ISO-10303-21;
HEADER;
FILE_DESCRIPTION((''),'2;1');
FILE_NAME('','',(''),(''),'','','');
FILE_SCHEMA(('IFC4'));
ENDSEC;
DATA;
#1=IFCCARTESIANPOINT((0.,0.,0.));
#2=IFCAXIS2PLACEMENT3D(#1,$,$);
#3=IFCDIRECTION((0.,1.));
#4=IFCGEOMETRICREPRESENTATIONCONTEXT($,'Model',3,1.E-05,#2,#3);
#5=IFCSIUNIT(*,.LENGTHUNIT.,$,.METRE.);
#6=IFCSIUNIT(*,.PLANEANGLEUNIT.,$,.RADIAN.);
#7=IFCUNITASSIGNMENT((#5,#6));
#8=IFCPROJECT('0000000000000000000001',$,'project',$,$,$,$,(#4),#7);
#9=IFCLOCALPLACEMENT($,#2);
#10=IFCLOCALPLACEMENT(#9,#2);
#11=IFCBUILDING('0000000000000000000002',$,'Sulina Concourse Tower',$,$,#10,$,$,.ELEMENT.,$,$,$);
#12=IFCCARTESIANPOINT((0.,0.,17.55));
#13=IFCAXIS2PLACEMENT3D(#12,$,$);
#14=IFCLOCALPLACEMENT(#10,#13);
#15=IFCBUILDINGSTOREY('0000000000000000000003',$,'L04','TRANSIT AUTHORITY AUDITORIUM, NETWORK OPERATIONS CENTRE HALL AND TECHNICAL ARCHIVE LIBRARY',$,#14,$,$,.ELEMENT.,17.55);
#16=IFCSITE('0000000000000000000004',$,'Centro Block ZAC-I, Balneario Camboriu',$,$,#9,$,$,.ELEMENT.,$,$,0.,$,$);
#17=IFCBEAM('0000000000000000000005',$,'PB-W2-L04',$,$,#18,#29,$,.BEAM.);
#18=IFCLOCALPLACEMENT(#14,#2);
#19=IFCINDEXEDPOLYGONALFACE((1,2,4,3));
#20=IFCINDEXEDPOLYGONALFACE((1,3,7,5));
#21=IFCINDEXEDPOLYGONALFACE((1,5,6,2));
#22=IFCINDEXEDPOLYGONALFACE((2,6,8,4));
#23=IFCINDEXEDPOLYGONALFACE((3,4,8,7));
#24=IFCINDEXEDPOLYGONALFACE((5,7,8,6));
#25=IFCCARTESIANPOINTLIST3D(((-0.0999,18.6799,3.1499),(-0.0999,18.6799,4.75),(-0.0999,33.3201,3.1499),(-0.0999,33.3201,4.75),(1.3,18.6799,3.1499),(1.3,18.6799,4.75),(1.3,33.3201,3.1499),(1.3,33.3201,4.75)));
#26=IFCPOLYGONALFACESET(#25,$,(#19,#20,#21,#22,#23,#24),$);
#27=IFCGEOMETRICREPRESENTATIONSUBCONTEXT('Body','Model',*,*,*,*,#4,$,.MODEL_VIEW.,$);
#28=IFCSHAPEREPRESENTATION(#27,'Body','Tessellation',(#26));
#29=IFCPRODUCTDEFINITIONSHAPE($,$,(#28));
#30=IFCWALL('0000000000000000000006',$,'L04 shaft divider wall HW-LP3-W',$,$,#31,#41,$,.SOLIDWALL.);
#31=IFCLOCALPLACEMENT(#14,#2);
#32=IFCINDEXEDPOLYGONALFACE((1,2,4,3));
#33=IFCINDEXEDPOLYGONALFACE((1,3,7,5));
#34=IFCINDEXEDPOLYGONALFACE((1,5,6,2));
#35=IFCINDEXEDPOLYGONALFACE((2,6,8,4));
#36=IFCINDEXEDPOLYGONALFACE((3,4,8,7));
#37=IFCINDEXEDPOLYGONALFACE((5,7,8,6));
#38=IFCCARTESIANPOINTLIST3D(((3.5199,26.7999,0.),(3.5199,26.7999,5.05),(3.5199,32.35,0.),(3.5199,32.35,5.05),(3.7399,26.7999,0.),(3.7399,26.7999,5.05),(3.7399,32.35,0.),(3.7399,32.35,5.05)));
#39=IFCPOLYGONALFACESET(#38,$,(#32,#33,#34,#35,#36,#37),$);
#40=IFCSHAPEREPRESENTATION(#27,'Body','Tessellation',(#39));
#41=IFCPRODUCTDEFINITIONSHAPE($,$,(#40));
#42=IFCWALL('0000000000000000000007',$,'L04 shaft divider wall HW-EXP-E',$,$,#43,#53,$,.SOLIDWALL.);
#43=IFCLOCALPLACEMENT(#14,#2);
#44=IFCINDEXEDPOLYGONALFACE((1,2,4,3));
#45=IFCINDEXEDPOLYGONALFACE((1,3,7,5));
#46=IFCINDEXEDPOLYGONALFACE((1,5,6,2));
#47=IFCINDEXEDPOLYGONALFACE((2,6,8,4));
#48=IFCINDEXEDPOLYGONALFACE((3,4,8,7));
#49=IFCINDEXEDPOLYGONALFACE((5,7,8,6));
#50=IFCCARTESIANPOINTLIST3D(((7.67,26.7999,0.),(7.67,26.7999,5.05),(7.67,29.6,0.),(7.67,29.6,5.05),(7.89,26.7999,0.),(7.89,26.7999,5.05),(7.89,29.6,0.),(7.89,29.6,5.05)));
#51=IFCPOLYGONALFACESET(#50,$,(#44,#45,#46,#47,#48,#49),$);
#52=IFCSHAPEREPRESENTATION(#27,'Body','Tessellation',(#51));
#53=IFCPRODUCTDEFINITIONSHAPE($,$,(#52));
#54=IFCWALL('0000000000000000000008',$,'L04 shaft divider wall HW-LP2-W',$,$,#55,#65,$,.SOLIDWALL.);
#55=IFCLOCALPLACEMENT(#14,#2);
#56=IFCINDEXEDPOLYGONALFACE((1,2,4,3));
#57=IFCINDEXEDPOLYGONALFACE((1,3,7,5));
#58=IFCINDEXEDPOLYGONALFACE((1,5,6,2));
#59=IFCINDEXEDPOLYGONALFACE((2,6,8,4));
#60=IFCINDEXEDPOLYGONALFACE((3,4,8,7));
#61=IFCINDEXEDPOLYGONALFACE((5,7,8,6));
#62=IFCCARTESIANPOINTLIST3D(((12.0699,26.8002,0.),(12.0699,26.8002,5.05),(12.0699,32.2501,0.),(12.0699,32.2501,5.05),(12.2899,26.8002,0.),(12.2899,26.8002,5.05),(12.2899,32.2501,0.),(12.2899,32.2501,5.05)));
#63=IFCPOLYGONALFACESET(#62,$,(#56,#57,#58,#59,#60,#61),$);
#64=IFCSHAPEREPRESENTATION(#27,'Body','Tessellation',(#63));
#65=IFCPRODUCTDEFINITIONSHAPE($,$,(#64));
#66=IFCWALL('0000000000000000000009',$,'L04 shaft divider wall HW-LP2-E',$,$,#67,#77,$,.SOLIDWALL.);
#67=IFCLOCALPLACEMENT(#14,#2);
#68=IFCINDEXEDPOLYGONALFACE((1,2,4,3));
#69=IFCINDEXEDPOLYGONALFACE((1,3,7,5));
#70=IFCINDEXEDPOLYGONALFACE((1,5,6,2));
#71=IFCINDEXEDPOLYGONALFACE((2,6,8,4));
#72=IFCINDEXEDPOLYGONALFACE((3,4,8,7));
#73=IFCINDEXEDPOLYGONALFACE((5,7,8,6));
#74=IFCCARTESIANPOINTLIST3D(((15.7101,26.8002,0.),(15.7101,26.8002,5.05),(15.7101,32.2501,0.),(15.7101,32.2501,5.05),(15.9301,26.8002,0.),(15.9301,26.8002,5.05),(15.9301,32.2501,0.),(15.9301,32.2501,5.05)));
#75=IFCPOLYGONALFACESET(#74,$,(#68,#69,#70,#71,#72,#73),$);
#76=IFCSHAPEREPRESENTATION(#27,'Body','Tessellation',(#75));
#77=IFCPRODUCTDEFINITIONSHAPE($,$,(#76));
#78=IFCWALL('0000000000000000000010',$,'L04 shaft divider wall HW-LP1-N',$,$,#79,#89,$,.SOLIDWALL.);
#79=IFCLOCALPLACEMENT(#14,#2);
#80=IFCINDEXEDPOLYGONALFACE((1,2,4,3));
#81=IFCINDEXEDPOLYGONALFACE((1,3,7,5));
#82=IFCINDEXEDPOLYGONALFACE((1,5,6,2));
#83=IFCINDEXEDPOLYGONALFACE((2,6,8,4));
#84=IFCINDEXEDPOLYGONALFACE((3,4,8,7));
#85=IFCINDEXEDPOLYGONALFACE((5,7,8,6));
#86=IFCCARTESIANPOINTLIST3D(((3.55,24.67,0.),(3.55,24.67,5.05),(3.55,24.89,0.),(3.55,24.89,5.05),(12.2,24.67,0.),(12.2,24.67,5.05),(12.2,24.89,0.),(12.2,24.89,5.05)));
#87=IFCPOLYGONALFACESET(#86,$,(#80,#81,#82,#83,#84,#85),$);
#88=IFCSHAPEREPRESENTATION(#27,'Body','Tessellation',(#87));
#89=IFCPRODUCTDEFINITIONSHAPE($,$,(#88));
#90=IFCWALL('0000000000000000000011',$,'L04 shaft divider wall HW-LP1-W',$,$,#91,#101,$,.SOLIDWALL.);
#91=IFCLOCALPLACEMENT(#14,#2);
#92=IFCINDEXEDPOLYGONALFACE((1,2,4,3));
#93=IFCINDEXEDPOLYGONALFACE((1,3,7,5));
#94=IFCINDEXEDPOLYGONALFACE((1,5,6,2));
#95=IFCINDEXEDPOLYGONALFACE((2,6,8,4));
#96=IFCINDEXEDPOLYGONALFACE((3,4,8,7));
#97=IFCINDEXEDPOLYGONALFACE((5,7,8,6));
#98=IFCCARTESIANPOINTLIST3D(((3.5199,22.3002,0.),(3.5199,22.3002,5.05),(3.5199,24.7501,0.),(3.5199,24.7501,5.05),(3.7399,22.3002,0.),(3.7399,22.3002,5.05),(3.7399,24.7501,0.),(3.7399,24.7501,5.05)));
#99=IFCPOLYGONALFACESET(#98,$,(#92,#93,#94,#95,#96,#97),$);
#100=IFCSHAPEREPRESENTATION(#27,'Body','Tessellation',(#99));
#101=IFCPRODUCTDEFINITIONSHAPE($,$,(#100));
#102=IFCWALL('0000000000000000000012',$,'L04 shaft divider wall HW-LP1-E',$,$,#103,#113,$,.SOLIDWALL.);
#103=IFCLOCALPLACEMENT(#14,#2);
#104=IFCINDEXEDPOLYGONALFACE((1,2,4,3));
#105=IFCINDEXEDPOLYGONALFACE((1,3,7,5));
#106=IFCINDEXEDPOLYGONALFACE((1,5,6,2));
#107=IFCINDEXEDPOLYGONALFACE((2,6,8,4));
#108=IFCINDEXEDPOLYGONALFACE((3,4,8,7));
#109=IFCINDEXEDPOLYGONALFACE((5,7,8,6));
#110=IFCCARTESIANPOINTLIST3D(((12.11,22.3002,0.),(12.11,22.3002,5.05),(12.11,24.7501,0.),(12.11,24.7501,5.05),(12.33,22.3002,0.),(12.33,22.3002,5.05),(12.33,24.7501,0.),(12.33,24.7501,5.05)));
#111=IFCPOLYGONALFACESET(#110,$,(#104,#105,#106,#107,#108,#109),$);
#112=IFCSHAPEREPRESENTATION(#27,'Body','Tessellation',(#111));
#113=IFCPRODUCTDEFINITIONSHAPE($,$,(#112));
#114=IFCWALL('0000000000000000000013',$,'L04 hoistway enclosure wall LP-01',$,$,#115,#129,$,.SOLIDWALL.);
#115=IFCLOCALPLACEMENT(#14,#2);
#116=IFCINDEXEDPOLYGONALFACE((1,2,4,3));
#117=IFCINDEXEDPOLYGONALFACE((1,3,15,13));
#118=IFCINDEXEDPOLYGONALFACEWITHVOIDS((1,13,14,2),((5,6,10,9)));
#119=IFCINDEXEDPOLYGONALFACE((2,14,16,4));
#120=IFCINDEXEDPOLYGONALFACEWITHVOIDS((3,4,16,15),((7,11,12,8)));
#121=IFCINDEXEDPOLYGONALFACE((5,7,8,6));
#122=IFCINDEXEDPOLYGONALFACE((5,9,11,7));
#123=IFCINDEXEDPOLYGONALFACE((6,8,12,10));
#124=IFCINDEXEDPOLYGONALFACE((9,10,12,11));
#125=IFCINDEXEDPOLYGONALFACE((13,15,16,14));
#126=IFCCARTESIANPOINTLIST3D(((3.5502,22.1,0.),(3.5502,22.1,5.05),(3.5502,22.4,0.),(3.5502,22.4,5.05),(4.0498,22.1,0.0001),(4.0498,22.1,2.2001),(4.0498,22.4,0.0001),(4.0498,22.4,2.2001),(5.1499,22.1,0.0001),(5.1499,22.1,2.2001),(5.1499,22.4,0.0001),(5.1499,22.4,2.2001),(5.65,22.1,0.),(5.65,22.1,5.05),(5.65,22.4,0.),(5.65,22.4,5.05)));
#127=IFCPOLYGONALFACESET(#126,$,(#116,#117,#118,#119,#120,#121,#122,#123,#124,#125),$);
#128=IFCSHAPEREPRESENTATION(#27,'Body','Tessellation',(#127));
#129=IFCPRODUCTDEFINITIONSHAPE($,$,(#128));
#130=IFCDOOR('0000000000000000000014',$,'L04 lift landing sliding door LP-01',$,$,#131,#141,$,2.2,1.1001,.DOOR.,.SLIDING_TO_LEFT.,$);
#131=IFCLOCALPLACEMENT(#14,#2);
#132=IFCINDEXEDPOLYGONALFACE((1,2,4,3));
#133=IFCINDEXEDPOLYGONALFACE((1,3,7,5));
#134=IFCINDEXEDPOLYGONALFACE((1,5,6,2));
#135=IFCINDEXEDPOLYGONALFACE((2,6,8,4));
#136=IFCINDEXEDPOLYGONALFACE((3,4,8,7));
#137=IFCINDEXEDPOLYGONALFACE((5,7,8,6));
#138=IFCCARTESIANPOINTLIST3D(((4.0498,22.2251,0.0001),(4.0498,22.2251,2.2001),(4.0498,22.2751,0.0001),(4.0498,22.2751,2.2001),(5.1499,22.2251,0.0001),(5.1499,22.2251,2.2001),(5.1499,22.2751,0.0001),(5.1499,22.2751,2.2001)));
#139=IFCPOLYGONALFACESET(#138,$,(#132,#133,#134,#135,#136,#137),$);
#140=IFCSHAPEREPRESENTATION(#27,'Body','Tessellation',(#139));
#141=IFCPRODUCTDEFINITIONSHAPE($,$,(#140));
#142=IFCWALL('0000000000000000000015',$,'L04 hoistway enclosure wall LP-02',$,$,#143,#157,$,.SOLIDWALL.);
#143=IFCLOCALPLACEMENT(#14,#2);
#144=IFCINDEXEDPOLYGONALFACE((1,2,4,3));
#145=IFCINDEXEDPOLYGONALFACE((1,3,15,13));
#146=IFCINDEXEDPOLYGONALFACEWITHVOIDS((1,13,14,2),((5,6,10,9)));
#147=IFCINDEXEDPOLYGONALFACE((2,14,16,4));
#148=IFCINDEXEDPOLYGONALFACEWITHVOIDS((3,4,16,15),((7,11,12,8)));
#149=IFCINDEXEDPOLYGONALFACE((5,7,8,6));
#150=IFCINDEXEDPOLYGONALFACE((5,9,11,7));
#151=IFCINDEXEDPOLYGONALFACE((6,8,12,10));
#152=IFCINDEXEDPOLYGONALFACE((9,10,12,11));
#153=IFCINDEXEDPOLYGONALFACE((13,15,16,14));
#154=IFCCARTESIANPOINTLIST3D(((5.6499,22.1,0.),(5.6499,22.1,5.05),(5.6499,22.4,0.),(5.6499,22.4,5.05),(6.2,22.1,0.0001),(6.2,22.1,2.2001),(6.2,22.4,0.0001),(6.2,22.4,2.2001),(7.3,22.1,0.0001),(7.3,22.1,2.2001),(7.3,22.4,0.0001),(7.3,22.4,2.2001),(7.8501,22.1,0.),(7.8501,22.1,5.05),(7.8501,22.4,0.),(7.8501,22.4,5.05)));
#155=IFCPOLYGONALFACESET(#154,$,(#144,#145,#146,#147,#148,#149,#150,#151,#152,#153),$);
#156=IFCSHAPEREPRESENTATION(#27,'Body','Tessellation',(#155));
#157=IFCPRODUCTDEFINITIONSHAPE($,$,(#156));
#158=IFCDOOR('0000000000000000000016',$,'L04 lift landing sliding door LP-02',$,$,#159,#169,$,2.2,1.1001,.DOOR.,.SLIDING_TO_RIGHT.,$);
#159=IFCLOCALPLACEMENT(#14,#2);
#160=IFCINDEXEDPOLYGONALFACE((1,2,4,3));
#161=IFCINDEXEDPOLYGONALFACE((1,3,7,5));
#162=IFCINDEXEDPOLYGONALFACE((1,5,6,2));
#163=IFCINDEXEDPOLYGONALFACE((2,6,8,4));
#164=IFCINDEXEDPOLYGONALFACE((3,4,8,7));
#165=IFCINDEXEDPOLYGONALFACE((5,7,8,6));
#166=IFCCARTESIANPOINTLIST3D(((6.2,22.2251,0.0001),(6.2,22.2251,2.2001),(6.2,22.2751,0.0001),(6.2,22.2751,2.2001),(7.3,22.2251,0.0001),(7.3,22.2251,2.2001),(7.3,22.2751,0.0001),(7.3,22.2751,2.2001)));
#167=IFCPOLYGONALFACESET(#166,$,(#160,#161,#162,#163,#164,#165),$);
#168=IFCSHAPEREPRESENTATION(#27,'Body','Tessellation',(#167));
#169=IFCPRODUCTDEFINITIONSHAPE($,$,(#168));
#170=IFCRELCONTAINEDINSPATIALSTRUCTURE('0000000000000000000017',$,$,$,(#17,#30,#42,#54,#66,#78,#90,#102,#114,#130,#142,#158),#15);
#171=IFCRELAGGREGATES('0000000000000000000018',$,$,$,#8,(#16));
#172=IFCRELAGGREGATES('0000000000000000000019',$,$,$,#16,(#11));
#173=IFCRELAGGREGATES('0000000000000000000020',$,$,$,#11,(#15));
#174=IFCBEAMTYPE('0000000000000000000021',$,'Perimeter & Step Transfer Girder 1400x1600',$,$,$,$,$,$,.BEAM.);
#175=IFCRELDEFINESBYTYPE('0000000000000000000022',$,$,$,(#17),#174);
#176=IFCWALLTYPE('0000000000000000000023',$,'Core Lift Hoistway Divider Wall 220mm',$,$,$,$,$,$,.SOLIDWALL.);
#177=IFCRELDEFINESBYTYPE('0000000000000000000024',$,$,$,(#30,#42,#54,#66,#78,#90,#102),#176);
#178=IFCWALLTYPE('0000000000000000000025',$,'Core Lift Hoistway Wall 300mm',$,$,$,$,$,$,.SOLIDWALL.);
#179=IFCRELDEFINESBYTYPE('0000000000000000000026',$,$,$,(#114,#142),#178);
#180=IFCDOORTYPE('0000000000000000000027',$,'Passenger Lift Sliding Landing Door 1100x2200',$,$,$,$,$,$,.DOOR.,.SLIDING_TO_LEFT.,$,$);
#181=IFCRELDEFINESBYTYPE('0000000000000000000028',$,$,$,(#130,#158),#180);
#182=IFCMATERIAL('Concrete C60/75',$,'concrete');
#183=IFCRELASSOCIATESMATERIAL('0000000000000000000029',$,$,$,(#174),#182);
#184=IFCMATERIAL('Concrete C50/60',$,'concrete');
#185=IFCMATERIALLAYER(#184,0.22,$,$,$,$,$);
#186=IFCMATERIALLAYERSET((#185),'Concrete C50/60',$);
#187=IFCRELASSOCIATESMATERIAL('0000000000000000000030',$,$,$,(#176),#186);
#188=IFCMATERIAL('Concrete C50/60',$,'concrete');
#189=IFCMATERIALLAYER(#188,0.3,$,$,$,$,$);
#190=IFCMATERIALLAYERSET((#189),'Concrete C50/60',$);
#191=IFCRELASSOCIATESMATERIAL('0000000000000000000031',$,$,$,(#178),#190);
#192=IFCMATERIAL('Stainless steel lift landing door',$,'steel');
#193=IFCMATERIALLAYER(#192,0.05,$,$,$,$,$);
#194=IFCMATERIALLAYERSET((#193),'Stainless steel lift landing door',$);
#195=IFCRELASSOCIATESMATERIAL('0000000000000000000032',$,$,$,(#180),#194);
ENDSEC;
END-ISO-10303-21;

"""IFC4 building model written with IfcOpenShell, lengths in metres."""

from ifc_helpers import new_model, si_unit, direction, frame, frame_2d, origin, origin_2d, place, context, subcontext, project, spatial, rectangle, extrude, material, layer, layer_set, material_profile, profile_set, type_object, element, fill, save


model = new_model("IFC4")

# Units and contexts
model_context = context("Model", 3, precision=1e-05, world=origin(), true_north=direction((0.0, 1.0)))
body_context = subcontext(model_context, "Body", "Model", "MODEL_VIEW")
ifc_project = project(units=[si_unit("LENGTHUNIT", "METRE"), si_unit("PLANEANGLEUNIT", "RADIAN")], contexts=[model_context])

# Site, building, storey
site_placement = place(None, origin())
site = spatial("IfcSite", under=ifc_project, at=site_placement, Name="Centro Block ZAC-I, Balneario Camboriu", CompositionType="ELEMENT", RefElevation=0.0)
building_placement = place(site_placement, origin())
building = spatial("IfcBuilding", under=site, at=building_placement, Name="Sulina Concourse Tower", CompositionType="ELEMENT")
storey_placement = place(building_placement, frame((0.0, 0.0, 17.55)))
storey = spatial("IfcBuildingStorey", under=building, at=storey_placement, Name="L04", Description="TRANSIT AUTHORITY AUDITORIUM, NETWORK OPERATIONS CENTRE HALL AND TECHNICAL ARCHIVE LIBRARY", CompositionType="ELEMENT", Elevation=17.55)

# Beam
ifc_material_1 = material(Name="Concrete C60/75", Category="concrete")
ifc_material_profile = material_profile(ifc_material_1, rectangle(XDim=1.3999, YDim=1.6001, at=origin_2d()), Name="RC 1400x1600")
ifc_profile_set = profile_set([ifc_material_profile], Name="Concrete C60/75")
beam_type = type_object("IfcBeamType", Name="Perimeter & Step Transfer Girder 1400x1600", PredefinedType="BEAM", material=ifc_profile_set)
beam_placement = place(storey_placement, frame((0.6001, 18.6799, 3.95), z_axis=(0.0, 1.0, 0.0), x_axis=(-1.0, 0.0, 0.0)))
element("IfcBeam", 1, at=beam_placement, inside=storey, type_object=beam_type, Name="PB-W2-L04", PredefinedType="BEAM", context=body_context, shape_type="SweptSolid", body=[
    extrude(rectangle(XDim=1.3999, YDim=1.6001, at=origin_2d()), origin(), (0.0, 0.0, 1.0), 14.6401),
])

# Walls
ifc_material_2 = material(Name="Concrete C50/60", Category="concrete")
ifc_layer_1 = layer(ifc_material_2, 0.22)
ifc_layer_set_1 = layer_set([ifc_layer_1], Name="Concrete C50/60")
wall_type_1 = type_object("IfcWallType", Name="Core Lift Hoistway Divider Wall 220mm", PredefinedType="SOLIDWALL", material=ifc_layer_set_1)
wall_1_placement = place(storey_placement, frame((3.6299, 26.8, 0.0), z_axis=(0.0, 0.0, 1.0), x_axis=(0.0, 1.0, 0.0)))
element("IfcWall", 2, at=wall_1_placement, inside=storey, type_object=wall_type_1, Name="L04 shaft divider wall HW-LP3-W", PredefinedType="SOLIDWALL", context=body_context, shape_type="SweptSolid", body=[
    extrude(rectangle(XDim=5.55, YDim=0.22, at=frame_2d((2.7749, 0.0))), origin(), (0.0, 0.0, 1.0), 5.05),
])
wall_2_placement = place(storey_placement, frame((7.78, 26.8, 0.0), z_axis=(0.0, 0.0, 1.0), x_axis=(0.0, 1.0, 0.0)))
element("IfcWall", 3, at=wall_2_placement, inside=storey, type_object=wall_type_1, Name="L04 shaft divider wall HW-EXP-E", PredefinedType="SOLIDWALL", context=body_context, shape_type="SweptSolid", body=[
    extrude(rectangle(XDim=2.8, YDim=0.22, at=frame_2d((1.3999, 0.0))), origin(), (0.0, 0.0, 1.0), 5.05),
])
for number, where, z_axis, x_axis, name in (
    (4, (12.1799, 26.8, 0.0), (0.0, 0.0, 1.0), (0.0, 1.0, 0.0), "L04 shaft divider wall HW-LP2-W"),
    (5, (15.8201, 26.8, 0.0), (0.0, 0.0, 1.0), (0.0, 1.0, 0.0), "L04 shaft divider wall HW-LP2-E"),
):
    element("IfcWall", number, at=place(storey_placement, frame(where, z_axis=z_axis, x_axis=x_axis)), inside=storey, type_object=wall_type_1, Name=name, PredefinedType="SOLIDWALL", context=body_context, shape_type="SweptSolid", body=[
        extrude(rectangle(XDim=5.45, YDim=0.22, at=frame_2d((2.7251, 0.0))), origin(), (0.0, 0.0, 1.0), 5.05),
    ])
wall_3_placement = place(storey_placement, frame((3.55, 24.78, 0.0), z_axis=(0.0, 0.0, 1.0), x_axis=(1.0, 0.0, 0.0)))
element("IfcWall", 6, at=wall_3_placement, inside=storey, type_object=wall_type_1, Name="L04 shaft divider wall HW-LP1-N", PredefinedType="SOLIDWALL", context=body_context, shape_type="SweptSolid", body=[
    extrude(rectangle(XDim=8.6499, YDim=0.22, at=frame_2d((4.325, 0.0))), origin(), (0.0, 0.0, 1.0), 5.05),
])
for number, where, z_axis, x_axis, name in (
    (7, (3.6299, 22.3, 0.0), (0.0, 0.0, 1.0), (0.0, 1.0, 0.0), "L04 shaft divider wall HW-LP1-W"),
    (8, (12.22, 22.3, 0.0), (0.0, 0.0, 1.0), (0.0, 1.0, 0.0), "L04 shaft divider wall HW-LP1-E"),
):
    element("IfcWall", number, at=place(storey_placement, frame(where, z_axis=z_axis, x_axis=x_axis)), inside=storey, type_object=wall_type_1, Name=name, PredefinedType="SOLIDWALL", context=body_context, shape_type="SweptSolid", body=[
        extrude(rectangle(XDim=2.45, YDim=0.22, at=frame_2d((1.2251, 0.0))), origin(), (0.0, 0.0, 1.0), 5.05),
    ])

# Walls, openings, doors
ifc_material_3 = material(Name="Concrete C50/60", Category="concrete")
ifc_layer_2 = layer(ifc_material_3, 0.3)
ifc_layer_set_2 = layer_set([ifc_layer_2], Name="Concrete C50/60")
wall_type_2 = type_object("IfcWallType", Name="Core Lift Hoistway Wall 300mm", PredefinedType="SOLIDWALL", material=ifc_layer_set_2)
wall_4_placement = place(storey_placement, frame((5.6499, 22.25, 0.0), z_axis=(0.0, 0.0, 1.0), x_axis=(-1.0, 0.0, 0.0)))
wall_4 = element("IfcWall", 9, at=wall_4_placement, inside=storey, type_object=wall_type_2, Name="L04 hoistway enclosure wall LP-01", PredefinedType="SOLIDWALL", context=body_context, shape_type="SweptSolid", body=[
    extrude(rectangle(XDim=2.0999, YDim=0.3, at=frame_2d((1.0498, 0.0))), origin(), (0.0, 0.0, 1.0), 5.05),
])
opening_1_placement = place(wall_4_placement, frame((0.5, 0.0, 0.0)))
opening_1 = element("IfcOpeningElement", 10, at=opening_1_placement, cuts=wall_4, PredefinedType="OPENING", context=body_context, shape_type="SweptSolid", body=[
    extrude(rectangle(XDim=1.1001, YDim=2.2, at=frame_2d((0.55, 1.1001))), frame((0.0, 0.1599, 0.0), z_axis=(0.0, -1.0, 0.0), x_axis=(1.0, 0.0, 0.0)), (0.0, 0.0, 1.0), 0.3201),
])
ifc_material_4 = material(Name="Stainless steel lift landing door", Category="steel")
ifc_layer_3 = layer(ifc_material_4, 0.05)
ifc_layer_set_3 = layer_set([ifc_layer_3], Name="Stainless steel lift landing door")
door_type_1 = type_object("IfcDoorType", Name="Passenger Lift Sliding Landing Door 1100x2200", OperationType="SLIDING_TO_LEFT", PredefinedType="DOOR", material=ifc_layer_set_3)
door_1_placement = place(opening_1_placement, origin())
door_1 = element("IfcDoor", 11, at=door_1_placement, inside=storey, type_object=door_type_1, Name="L04 lift landing sliding door LP-01", OperationType="SLIDING_TO_LEFT", OverallHeight=2.2, OverallWidth=1.1001, PredefinedType="DOOR", context=body_context, shape_type="SweptSolid", body=[
    extrude(rectangle(XDim=1.1001, YDim=2.2, at=frame_2d((0.55, 1.1001))), frame((0.0, 0.0249, 0.0), z_axis=(0.0, -1.0, 0.0), x_axis=(1.0, 0.0, 0.0)), (0.0, 0.0, 1.0), 0.05),
])
fill(opening_1, door_1)
wall_5_placement = place(storey_placement, frame((7.8501, 22.25, 0.0), z_axis=(0.0, 0.0, 1.0), x_axis=(-1.0, 0.0, 0.0)))
wall_5 = element("IfcWall", 12, at=wall_5_placement, inside=storey, type_object=wall_type_2, Name="L04 hoistway enclosure wall LP-02", PredefinedType="SOLIDWALL", context=body_context, shape_type="SweptSolid", body=[
    extrude(rectangle(XDim=2.2002, YDim=0.3, at=frame_2d((1.1001, 0.0))), origin(), (0.0, 0.0, 1.0), 5.05),
])
opening_2_placement = place(wall_5_placement, frame((0.55, 0.0, 0.0)))
opening_2 = element("IfcOpeningElement", 13, at=opening_2_placement, cuts=wall_5, PredefinedType="OPENING", context=body_context, shape_type="SweptSolid", body=[
    extrude(rectangle(XDim=1.1001, YDim=2.2, at=frame_2d((0.55, 1.1001))), frame((0.0, 0.1599, 0.0), z_axis=(0.0, -1.0, 0.0), x_axis=(1.0, 0.0, 0.0)), (0.0, 0.0, 1.0), 0.3201),
])
door_2_placement = place(opening_2_placement, origin())
door_2 = element("IfcDoor", 14, at=door_2_placement, inside=storey, type_object=door_type_1, Name="L04 lift landing sliding door LP-02", OperationType="SLIDING_TO_RIGHT", OverallHeight=2.2, OverallWidth=1.1001, PredefinedType="DOOR", context=body_context, shape_type="SweptSolid", body=[
    extrude(rectangle(XDim=1.1001, YDim=2.2, at=frame_2d((0.55, 1.1001))), frame((0.0, 0.0249, 0.0), z_axis=(0.0, -1.0, 0.0), x_axis=(1.0, 0.0, 0.0)), (0.0, 0.0, 1.0), 0.05),
])
fill(opening_2, door_2)

save(model, "model.ifc")
